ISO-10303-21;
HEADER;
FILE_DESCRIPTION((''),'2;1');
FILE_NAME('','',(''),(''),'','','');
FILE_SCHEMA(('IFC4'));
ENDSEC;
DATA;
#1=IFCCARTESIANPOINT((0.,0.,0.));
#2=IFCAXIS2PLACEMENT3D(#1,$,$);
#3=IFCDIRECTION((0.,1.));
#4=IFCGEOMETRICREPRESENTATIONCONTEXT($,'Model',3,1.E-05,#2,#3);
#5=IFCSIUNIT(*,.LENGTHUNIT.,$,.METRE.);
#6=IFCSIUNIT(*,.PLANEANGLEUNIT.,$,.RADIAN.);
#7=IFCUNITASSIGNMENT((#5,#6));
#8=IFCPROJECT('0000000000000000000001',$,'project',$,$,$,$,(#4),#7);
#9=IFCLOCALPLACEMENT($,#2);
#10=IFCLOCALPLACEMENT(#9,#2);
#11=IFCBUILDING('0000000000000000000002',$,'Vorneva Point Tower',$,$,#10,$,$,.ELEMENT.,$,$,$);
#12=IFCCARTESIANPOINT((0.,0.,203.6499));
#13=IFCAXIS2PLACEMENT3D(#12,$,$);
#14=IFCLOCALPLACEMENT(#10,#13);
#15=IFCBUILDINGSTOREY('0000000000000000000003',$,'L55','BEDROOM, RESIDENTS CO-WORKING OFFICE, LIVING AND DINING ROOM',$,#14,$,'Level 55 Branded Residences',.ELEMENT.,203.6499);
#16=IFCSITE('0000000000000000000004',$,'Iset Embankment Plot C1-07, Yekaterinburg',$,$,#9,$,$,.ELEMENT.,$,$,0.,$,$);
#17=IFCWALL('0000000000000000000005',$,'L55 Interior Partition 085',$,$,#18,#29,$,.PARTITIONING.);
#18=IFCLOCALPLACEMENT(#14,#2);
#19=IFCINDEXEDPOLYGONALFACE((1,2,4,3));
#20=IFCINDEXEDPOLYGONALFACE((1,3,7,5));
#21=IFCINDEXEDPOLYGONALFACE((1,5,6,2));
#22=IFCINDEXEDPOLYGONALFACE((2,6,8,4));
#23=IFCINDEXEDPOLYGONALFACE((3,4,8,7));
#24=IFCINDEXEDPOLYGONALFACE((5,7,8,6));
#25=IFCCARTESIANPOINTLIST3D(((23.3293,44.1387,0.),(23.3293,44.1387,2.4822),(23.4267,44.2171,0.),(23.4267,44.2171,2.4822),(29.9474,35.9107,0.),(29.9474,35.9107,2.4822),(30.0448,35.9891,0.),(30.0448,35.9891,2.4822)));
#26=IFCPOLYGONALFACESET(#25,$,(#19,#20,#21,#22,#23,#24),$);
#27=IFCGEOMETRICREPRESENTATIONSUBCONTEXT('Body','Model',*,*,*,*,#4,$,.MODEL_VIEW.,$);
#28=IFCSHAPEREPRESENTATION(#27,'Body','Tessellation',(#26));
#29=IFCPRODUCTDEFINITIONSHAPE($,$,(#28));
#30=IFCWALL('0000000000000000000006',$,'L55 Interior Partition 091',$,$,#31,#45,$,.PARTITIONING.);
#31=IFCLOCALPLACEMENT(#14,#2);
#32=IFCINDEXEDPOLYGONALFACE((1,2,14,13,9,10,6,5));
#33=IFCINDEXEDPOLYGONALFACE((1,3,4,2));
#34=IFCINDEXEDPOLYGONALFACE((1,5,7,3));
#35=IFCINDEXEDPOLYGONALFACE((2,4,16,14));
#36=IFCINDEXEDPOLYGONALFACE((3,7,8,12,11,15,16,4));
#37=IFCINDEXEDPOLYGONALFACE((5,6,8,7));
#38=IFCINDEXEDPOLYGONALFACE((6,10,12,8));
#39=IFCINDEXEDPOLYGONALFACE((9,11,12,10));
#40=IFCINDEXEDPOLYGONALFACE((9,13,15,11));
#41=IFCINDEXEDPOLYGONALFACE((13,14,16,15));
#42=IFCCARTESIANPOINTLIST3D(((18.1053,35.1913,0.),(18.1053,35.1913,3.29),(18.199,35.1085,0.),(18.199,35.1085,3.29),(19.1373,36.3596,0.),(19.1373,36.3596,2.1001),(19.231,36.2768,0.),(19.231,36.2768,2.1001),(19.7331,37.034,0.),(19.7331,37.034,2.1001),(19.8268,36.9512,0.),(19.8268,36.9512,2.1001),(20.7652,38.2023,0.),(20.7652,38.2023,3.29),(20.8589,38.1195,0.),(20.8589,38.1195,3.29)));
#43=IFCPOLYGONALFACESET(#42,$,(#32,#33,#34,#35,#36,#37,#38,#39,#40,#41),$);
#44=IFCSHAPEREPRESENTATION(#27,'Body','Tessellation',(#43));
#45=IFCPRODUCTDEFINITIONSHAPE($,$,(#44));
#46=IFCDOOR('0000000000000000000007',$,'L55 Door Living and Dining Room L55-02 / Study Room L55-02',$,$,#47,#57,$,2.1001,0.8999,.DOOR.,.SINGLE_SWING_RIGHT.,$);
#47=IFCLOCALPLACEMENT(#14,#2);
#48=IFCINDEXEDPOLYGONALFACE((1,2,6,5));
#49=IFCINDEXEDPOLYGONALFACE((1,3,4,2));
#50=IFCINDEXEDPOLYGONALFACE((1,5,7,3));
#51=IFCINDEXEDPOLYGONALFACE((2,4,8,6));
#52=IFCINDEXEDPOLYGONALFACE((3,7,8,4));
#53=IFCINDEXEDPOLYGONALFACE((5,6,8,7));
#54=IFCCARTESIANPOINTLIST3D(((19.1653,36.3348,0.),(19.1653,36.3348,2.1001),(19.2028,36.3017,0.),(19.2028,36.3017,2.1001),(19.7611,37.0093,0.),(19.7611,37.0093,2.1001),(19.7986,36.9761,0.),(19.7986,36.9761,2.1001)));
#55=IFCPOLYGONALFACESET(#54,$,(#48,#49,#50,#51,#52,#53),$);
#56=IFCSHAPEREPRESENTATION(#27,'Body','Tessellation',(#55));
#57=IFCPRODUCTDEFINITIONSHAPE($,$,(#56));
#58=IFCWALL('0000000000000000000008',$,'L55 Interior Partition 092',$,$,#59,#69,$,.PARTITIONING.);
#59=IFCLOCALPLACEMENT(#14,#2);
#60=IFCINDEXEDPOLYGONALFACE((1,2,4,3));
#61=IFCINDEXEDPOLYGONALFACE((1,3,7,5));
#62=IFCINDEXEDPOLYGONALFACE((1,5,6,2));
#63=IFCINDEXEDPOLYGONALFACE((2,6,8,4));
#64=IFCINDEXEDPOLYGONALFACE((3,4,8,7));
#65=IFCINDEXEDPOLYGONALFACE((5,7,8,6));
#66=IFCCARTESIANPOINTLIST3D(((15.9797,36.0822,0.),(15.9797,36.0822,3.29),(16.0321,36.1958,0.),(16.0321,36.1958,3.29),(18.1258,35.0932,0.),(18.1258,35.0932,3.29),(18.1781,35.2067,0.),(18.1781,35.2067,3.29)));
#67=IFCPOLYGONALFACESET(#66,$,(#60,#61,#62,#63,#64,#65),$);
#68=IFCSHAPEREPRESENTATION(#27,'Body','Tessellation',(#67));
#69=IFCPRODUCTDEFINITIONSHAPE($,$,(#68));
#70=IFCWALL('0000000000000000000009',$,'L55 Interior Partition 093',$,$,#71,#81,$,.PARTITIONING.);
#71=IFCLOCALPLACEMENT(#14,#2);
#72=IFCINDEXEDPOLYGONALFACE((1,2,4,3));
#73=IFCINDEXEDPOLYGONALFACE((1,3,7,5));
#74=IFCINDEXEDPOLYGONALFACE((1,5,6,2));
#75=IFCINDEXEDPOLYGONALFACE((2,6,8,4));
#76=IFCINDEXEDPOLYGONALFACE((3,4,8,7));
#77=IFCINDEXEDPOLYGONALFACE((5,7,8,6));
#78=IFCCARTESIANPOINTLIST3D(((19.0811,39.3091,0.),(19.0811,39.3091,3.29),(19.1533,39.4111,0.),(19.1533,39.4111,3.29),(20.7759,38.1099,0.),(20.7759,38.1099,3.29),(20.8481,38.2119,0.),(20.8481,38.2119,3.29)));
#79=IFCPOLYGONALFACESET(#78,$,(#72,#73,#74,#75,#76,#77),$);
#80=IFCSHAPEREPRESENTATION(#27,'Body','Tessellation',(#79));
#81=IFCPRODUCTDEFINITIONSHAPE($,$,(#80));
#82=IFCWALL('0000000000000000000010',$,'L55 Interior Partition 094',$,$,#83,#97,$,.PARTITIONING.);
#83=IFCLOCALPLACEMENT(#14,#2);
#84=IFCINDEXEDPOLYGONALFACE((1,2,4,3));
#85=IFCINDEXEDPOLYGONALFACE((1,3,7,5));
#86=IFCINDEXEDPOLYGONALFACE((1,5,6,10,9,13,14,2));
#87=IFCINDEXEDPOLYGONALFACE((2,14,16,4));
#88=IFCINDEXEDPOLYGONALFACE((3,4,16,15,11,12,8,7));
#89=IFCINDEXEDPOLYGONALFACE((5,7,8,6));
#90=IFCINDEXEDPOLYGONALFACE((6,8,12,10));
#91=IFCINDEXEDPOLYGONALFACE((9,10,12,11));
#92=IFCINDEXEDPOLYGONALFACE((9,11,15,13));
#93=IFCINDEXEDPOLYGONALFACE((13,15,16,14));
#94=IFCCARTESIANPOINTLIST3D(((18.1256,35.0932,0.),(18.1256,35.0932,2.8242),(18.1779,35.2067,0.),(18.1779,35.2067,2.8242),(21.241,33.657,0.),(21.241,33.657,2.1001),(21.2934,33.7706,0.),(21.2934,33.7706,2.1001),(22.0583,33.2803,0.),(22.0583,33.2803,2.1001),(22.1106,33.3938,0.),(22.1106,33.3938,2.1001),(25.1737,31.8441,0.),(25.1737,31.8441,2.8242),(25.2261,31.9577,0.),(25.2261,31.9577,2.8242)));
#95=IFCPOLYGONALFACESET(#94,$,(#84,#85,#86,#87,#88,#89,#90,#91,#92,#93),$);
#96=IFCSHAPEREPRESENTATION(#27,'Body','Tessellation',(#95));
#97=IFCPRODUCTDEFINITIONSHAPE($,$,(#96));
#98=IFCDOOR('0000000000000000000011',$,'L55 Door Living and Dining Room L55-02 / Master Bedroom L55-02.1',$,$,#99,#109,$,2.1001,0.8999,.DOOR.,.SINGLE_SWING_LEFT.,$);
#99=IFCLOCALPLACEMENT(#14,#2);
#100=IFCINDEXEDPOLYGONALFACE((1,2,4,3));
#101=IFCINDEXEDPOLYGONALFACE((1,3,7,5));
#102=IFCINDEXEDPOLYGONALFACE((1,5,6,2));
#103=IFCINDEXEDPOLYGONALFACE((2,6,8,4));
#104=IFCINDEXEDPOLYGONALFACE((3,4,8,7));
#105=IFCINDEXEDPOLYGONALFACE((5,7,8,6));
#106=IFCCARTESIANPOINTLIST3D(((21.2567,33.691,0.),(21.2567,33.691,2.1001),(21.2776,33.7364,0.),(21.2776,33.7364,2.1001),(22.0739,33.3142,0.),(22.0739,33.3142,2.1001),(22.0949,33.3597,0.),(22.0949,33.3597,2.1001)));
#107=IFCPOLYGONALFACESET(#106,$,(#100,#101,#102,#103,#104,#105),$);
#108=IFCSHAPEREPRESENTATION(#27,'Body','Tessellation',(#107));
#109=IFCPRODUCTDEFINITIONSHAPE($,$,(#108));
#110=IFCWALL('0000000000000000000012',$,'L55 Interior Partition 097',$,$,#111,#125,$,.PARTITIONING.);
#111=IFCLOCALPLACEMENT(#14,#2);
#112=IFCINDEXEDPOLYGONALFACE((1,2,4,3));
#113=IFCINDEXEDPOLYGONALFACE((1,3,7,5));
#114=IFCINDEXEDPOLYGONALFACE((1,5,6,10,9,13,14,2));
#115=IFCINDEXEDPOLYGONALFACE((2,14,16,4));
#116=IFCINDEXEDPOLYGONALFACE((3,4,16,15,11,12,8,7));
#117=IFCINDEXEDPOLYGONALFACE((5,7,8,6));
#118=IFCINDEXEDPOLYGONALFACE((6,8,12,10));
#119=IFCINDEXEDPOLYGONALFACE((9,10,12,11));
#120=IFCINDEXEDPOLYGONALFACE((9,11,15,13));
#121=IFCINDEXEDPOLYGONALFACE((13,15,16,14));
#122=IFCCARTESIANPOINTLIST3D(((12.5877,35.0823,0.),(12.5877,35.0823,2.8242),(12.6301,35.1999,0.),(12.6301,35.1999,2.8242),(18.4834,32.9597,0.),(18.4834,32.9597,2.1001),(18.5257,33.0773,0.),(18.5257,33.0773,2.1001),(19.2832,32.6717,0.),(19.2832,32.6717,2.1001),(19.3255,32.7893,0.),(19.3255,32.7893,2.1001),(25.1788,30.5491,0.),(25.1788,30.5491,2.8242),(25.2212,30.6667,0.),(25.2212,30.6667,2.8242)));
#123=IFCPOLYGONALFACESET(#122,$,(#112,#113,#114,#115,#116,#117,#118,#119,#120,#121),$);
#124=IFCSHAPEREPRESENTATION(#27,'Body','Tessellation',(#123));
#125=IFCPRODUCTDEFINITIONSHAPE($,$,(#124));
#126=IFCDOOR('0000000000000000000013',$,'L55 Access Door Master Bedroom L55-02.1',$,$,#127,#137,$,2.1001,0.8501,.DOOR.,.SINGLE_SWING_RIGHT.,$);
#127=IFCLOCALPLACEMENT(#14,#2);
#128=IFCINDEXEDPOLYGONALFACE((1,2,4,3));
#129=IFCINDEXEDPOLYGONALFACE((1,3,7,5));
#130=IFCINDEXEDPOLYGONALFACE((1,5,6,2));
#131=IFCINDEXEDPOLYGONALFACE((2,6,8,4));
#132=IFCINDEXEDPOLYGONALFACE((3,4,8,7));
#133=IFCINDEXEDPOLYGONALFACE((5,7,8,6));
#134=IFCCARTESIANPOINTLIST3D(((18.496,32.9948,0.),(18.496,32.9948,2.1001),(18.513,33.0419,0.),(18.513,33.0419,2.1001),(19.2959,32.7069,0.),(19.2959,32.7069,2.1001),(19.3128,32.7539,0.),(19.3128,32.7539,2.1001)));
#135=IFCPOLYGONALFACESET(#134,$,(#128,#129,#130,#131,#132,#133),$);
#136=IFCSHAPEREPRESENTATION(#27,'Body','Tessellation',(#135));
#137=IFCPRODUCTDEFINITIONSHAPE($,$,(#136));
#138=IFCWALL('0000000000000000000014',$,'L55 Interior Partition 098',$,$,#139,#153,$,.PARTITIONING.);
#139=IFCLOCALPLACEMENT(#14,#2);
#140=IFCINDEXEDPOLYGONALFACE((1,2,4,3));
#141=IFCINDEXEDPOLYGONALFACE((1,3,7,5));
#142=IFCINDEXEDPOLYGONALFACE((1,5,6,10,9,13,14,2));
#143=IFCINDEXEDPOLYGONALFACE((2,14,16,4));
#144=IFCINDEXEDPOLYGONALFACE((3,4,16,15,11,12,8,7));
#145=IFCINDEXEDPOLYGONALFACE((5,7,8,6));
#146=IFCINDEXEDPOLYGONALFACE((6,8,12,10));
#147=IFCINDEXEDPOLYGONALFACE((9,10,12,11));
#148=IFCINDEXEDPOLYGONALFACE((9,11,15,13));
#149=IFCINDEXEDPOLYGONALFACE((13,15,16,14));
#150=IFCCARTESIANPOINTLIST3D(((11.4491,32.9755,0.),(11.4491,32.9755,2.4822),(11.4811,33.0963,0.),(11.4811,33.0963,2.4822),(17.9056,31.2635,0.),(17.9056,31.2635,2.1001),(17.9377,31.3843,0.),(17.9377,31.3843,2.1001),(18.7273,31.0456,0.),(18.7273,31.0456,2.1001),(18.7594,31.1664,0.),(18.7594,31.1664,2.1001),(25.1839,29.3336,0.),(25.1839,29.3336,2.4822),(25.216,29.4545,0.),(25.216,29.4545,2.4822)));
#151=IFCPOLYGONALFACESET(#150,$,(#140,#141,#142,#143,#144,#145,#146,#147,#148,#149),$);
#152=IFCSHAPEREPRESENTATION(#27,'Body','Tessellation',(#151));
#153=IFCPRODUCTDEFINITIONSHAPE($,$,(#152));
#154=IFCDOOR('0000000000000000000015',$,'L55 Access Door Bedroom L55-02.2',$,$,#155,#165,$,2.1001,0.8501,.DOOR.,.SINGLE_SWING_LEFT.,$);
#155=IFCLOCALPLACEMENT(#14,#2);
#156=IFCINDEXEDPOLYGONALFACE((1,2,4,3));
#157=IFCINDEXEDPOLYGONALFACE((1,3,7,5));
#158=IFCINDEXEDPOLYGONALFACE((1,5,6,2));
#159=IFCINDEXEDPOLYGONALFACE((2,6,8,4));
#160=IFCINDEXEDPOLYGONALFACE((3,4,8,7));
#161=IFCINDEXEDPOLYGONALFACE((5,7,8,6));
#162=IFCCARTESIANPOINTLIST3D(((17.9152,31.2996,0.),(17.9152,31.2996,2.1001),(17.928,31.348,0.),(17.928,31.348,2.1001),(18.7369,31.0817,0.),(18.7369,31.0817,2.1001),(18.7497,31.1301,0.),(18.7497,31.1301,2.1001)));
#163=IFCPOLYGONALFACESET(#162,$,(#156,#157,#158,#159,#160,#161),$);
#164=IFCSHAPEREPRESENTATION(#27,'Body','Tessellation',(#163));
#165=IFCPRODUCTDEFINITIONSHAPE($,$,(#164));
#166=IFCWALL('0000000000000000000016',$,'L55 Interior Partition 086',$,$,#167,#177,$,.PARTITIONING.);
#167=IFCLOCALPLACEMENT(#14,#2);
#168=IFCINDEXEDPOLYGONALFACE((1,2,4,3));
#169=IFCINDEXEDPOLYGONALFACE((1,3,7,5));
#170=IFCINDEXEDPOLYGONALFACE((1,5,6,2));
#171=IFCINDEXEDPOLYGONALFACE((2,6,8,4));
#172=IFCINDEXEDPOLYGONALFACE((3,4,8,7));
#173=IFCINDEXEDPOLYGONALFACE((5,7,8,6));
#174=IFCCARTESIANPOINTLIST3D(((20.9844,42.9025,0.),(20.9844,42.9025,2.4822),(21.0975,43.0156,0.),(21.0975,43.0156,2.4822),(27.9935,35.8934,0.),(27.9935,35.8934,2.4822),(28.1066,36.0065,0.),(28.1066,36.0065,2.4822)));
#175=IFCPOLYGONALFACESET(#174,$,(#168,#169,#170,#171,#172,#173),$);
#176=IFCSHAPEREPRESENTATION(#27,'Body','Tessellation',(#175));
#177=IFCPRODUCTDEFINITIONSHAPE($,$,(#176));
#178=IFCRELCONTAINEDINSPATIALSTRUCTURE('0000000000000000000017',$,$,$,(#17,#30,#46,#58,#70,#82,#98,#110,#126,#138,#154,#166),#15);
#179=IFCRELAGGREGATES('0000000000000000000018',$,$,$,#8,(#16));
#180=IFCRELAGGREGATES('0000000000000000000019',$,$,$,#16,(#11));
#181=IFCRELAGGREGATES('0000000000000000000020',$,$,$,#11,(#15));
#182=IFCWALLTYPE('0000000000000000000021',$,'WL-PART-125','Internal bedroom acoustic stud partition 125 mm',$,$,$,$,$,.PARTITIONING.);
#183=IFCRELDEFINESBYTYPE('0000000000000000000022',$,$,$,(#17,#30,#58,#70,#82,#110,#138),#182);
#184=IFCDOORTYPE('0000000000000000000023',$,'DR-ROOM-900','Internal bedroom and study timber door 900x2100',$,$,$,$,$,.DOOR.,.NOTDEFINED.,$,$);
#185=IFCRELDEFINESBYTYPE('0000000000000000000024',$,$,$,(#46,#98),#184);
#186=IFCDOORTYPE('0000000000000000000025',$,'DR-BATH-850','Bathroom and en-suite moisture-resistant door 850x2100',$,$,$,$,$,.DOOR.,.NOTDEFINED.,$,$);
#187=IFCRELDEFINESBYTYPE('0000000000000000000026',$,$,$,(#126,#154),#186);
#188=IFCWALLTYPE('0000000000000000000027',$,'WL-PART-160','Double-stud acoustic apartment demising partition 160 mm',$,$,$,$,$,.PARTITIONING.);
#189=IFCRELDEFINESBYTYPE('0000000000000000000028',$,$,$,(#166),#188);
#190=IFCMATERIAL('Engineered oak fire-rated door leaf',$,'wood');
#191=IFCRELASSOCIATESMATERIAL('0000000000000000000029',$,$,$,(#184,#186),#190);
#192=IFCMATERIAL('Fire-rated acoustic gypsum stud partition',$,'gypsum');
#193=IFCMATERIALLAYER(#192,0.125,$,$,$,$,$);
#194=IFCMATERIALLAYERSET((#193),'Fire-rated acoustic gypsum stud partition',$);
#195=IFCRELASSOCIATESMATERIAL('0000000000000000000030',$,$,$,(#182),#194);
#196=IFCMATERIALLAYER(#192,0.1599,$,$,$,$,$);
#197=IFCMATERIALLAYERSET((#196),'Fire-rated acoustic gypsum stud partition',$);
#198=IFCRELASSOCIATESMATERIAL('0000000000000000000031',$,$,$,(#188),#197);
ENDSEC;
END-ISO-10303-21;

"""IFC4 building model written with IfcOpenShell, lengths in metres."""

from ifc_helpers import new_model, si_unit, direction, frame, frame_2d, origin, place, context, subcontext, project, spatial, rectangle, extrude, material, layer, layer_set, type_object, element, fill, save


model = new_model("IFC4")

# Units and contexts
model_context = context("Model", 3, precision=1e-05, world=origin(), true_north=direction((0.0, 1.0)))
body_context = subcontext(model_context, "Body", "Model", "MODEL_VIEW")
ifc_project = project(units=[si_unit("LENGTHUNIT", "METRE"), si_unit("PLANEANGLEUNIT", "RADIAN")], contexts=[model_context])

# Site, building, storey
site_placement = place(None, origin())
site = spatial("IfcSite", under=ifc_project, at=site_placement, Name="Iset Embankment Plot C1-07, Yekaterinburg", CompositionType="ELEMENT", RefElevation=0.0)
building_placement = place(site_placement, origin())
building = spatial("IfcBuilding", under=site, at=building_placement, Name="Vorneva Point Tower", CompositionType="ELEMENT")
storey_placement = place(building_placement, frame((0.0, 0.0, 203.6499)))
storey = spatial("IfcBuildingStorey", under=building, at=storey_placement, Name="L55", Description="BEDROOM, RESIDENTS CO-WORKING OFFICE, LIVING AND DINING ROOM", LongName="Level 55 Branded Residences", CompositionType="ELEMENT", Elevation=203.6499)

# Shared definitions
ifc_material_1 = material(Name="Fire-rated acoustic gypsum stud partition", Category="gypsum")

# Shared definitions
ifc_material_2 = material(Name="Engineered oak fire-rated door leaf", Category="wood")
door_type_1 = type_object("IfcDoorType", Name="DR-ROOM-900", Description="Internal bedroom and study timber door 900x2100", OperationType="NOTDEFINED", PredefinedType="DOOR", material=ifc_material_2)

# Wall
ifc_layer_1 = layer(ifc_material_1, 0.125)
ifc_layer_set_1 = layer_set([ifc_layer_1], Name="Fire-rated acoustic gypsum stud partition")
wall_type_1 = type_object("IfcWallType", Name="WL-PART-125", Description="Internal bedroom acoustic stud partition 125 mm", PredefinedType="PARTITIONING", material=ifc_layer_set_1)
wall_1_placement = place(storey_placement, frame((23.3779, 44.178, 0.0), z_axis=(0.0, 0.0, 1.0), x_axis=(0.626757, -0.779215, 0.0)))
element("IfcWall", 1, at=wall_1_placement, inside=storey, type_object=wall_type_1, Name="L55 Interior Partition 085", PredefinedType="PARTITIONING", context=body_context, shape_type="SweptSolid", body=[
    extrude(rectangle(XDim=10.5593, YDim=0.125, at=frame_2d((5.2798, 0.0))), origin(), (0.0, 0.0, 1.0), 2.4822),
])

# Wall, opening, door
wall_2_placement = place(storey_placement, frame((20.812, 38.1609, 0.0), z_axis=(0.0, 0.0, 1.0), x_axis=(-0.662064, -0.749448, 0.0)))
wall_2 = element("IfcWall", 2, at=wall_2_placement, inside=storey, type_object=wall_type_1, Name="L55 Interior Partition 091", PredefinedType="PARTITIONING", context=body_context, shape_type="SweptSolid", body=[
    extrude(rectangle(XDim=4.0176, YDim=0.125, at=frame_2d((2.0088, 0.0))), origin(), (0.0, 0.0, 1.0), 3.29),
])
opening_1_placement = place(wall_2_placement, frame((1.5588, 0.0, 0.0)))
opening_1 = element("IfcOpeningElement", 3, at=opening_1_placement, cuts=wall_2, PredefinedType="OPENING", context=body_context, shape_type="SweptSolid", body=[
    extrude(rectangle(XDim=0.8999, YDim=2.1001, at=frame_2d((0.45, 1.05))), frame((0.0, 0.0774, 0.0), z_axis=(0.0, -1.0, 0.0), x_axis=(1.0, 0.0, 0.0)), (0.0, 0.0, 1.0), 0.1548),
])
door_1_placement = place(opening_1_placement, origin())
door_1 = element("IfcDoor", 4, at=door_1_placement, inside=storey, type_object=door_type_1, Name="L55 Door Living and Dining Room L55-02 / Study Room L55-02", OperationType="SINGLE_SWING_RIGHT", OverallHeight=2.1001, OverallWidth=0.8999, PredefinedType="DOOR", context=body_context, shape_type="SweptSolid", body=[
    extrude(rectangle(XDim=0.8999, YDim=2.1001, at=frame_2d((0.45, 1.05))), frame((0.0, 0.0249, 0.0), z_axis=(0.0, -1.0, 0.0), x_axis=(1.0, 0.0, 0.0)), (0.0, 0.0, 1.0), 0.05),
])
fill(opening_1, door_1)

# Walls
wall_3_placement = place(storey_placement, frame((18.1521, 35.1499, 0.0), z_axis=(0.0, 0.0, 1.0), x_axis=(-0.908192, 0.418554, 0.0)))
element("IfcWall", 5, at=wall_3_placement, inside=storey, type_object=wall_type_1, Name="L55 Interior Partition 092", PredefinedType="PARTITIONING", context=body_context, shape_type="SweptSolid", body=[
    extrude(rectangle(XDim=2.363, YDim=0.125, at=frame_2d((1.1816, 0.0))), origin(), (0.0, 0.0, 1.0), 3.29),
])
wall_4_placement = place(storey_placement, frame((19.1172, 39.3601, 0.0), z_axis=(0.0, 0.0, 1.0), x_axis=(0.816316, -0.577606, 0.0)))
element("IfcWall", 6, at=wall_4_placement, inside=storey, type_object=wall_type_1, Name="L55 Interior Partition 093", PredefinedType="PARTITIONING", context=body_context, shape_type="SweptSolid", body=[
    extrude(rectangle(XDim=2.0762, YDim=0.125, at=frame_2d((1.0381, 0.0))), origin(), (0.0, 0.0, 1.0), 3.29),
])

# Walls, openings, doors
wall_5_placement = place(storey_placement, frame((18.1519, 35.1499, 0.0), z_axis=(0.0, 0.0, 1.0), x_axis=(0.908153, -0.418639, 0.0)))
wall_5 = element("IfcWall", 7, at=wall_5_placement, inside=storey, type_object=wall_type_1, Name="L55 Interior Partition 094", PredefinedType="PARTITIONING", context=body_context, shape_type="SweptSolid", body=[
    extrude(rectangle(XDim=7.761, YDim=0.125, at=frame_2d((3.8804, 0.0))), origin(), (0.0, 0.0, 1.0), 2.8242),
])
opening_2_placement = place(wall_5_placement, frame((3.4304, 0.0, 0.0)))
opening_2 = element("IfcOpeningElement", 8, at=opening_2_placement, cuts=wall_5, PredefinedType="OPENING", context=body_context, shape_type="SweptSolid", body=[
    extrude(rectangle(XDim=0.8999, YDim=2.1001, at=frame_2d((0.45, 1.05))), frame((0.0, 0.0774, 0.0), z_axis=(0.0, -1.0, 0.0), x_axis=(1.0, 0.0, 0.0)), (0.0, 0.0, 1.0), 0.1548),
])
door_2_placement = place(opening_2_placement, origin())
door_2 = element("IfcDoor", 9, at=door_2_placement, inside=storey, type_object=door_type_1, Name="L55 Door Living and Dining Room L55-02 / Master Bedroom L55-02.1", OperationType="SINGLE_SWING_LEFT", OverallHeight=2.1001, OverallWidth=0.8999, PredefinedType="DOOR", context=body_context, shape_type="SweptSolid", body=[
    extrude(rectangle(XDim=0.8999, YDim=2.1001, at=frame_2d((0.45, 1.05))), frame((0.0, 0.0249, 0.0), z_axis=(0.0, -1.0, 0.0), x_axis=(1.0, 0.0, 0.0)), (0.0, 0.0, 1.0), 0.05),
])
fill(opening_2, door_2)
wall_6_placement = place(storey_placement, frame((12.6089, 35.1411, 0.0), z_axis=(0.0, 0.0, 1.0), x_axis=(0.940877, -0.338747, 0.0)))
wall_6 = element("IfcWall", 10, at=wall_6_placement, inside=storey, type_object=wall_type_1, Name="L55 Interior Partition 097", PredefinedType="PARTITIONING", context=body_context, shape_type="SweptSolid", body=[
    extrude(rectangle(XDim=13.3823, YDim=0.125, at=frame_2d((6.6912, 0.0))), origin(), (0.0, 0.0, 1.0), 2.8242),
])
opening_3_placement = place(wall_6_placement, frame((6.2661, 0.0, 0.0)))
opening_3 = element("IfcOpeningElement", 11, at=opening_3_placement, cuts=wall_6, PredefinedType="OPENING", context=body_context, shape_type="SweptSolid", body=[
    extrude(rectangle(XDim=0.8501, YDim=2.1001, at=frame_2d((0.425, 1.05))), frame((0.0, 0.0774, 0.0), z_axis=(0.0, -1.0, 0.0), x_axis=(1.0, 0.0, 0.0)), (0.0, 0.0, 1.0), 0.1548),
])
door_type_2 = type_object("IfcDoorType", Name="DR-BATH-850", Description="Bathroom and en-suite moisture-resistant door 850x2100", OperationType="NOTDEFINED", PredefinedType="DOOR", material=ifc_material_2)
door_3_placement = place(opening_3_placement, origin())
door_3 = element("IfcDoor", 12, at=door_3_placement, inside=storey, type_object=door_type_2, Name="L55 Access Door Master Bedroom L55-02.1", OperationType="SINGLE_SWING_RIGHT", OverallHeight=2.1001, OverallWidth=0.8501, PredefinedType="DOOR", context=body_context, shape_type="SweptSolid", body=[
    extrude(rectangle(XDim=0.8501, YDim=2.1001, at=frame_2d((0.425, 1.05))), frame((0.0, 0.0249, 0.0), z_axis=(0.0, -1.0, 0.0), x_axis=(1.0, 0.0, 0.0)), (0.0, 0.0, 1.0), 0.05),
])
fill(opening_3, door_3)
wall_7_placement = place(storey_placement, frame((11.4651, 33.0359, 0.0), z_axis=(0.0, 0.0, 1.0), x_axis=(0.966598, -0.256297, 0.0)))
wall_7 = element("IfcWall", 13, at=wall_7_placement, inside=storey, type_object=wall_type_1, Name="L55 Interior Partition 098", PredefinedType="PARTITIONING", context=body_context, shape_type="SweptSolid", body=[
    extrude(rectangle(XDim=14.2095, YDim=0.125, at=frame_2d((7.1047, 0.0))), origin(), (0.0, 0.0, 1.0), 2.4822),
])
opening_4_placement = place(wall_7_placement, frame((6.6797, 0.0, 0.0)))
opening_4 = element("IfcOpeningElement", 14, at=opening_4_placement, cuts=wall_7, PredefinedType="OPENING", context=body_context, shape_type="SweptSolid", body=[
    extrude(rectangle(XDim=0.8501, YDim=2.1001, at=frame_2d((0.425, 1.05))), frame((0.0, 0.0774, 0.0), z_axis=(0.0, -1.0, 0.0), x_axis=(1.0, 0.0, 0.0)), (0.0, 0.0, 1.0), 0.1548),
])
door_4_placement = place(opening_4_placement, origin())
door_4 = element("IfcDoor", 15, at=door_4_placement, inside=storey, type_object=door_type_2, Name="L55 Access Door Bedroom L55-02.2", OperationType="SINGLE_SWING_LEFT", OverallHeight=2.1001, OverallWidth=0.8501, PredefinedType="DOOR", context=body_context, shape_type="SweptSolid", body=[
    extrude(rectangle(XDim=0.8501, YDim=2.1001, at=frame_2d((0.425, 1.05))), frame((0.0, 0.0249, 0.0), z_axis=(0.0, -1.0, 0.0), x_axis=(1.0, 0.0, 0.0)), (0.0, 0.0, 1.0), 0.05),
])
fill(opening_4, door_4)

# Wall
ifc_layer_2 = layer(ifc_material_1, 0.1599)
ifc_layer_set_2 = layer_set([ifc_layer_2], Name="Fire-rated acoustic gypsum stud partition")
wall_type_2 = type_object("IfcWallType", Name="WL-PART-160", Description="Double-stud acoustic apartment demising partition 160 mm", PredefinedType="PARTITIONING", material=ifc_layer_set_2)
wall_8_placement = place(storey_placement, frame((21.041, 42.959, 0.0), z_axis=(0.0, 0.0, 1.0), x_axis=(0.707107, -0.707107, 0.0)))
element("IfcWall", 16, at=wall_8_placement, inside=storey, type_object=wall_type_2, Name="L55 Interior Partition 086", PredefinedType="PARTITIONING", context=body_context, shape_type="SweptSolid", body=[
    extrude(rectangle(XDim=9.9124, YDim=0.1599, at=frame_2d((4.9561, 0.0))), origin(), (0.0, 0.0, 1.0), 2.4822),
])

save(model, "model.ifc")
